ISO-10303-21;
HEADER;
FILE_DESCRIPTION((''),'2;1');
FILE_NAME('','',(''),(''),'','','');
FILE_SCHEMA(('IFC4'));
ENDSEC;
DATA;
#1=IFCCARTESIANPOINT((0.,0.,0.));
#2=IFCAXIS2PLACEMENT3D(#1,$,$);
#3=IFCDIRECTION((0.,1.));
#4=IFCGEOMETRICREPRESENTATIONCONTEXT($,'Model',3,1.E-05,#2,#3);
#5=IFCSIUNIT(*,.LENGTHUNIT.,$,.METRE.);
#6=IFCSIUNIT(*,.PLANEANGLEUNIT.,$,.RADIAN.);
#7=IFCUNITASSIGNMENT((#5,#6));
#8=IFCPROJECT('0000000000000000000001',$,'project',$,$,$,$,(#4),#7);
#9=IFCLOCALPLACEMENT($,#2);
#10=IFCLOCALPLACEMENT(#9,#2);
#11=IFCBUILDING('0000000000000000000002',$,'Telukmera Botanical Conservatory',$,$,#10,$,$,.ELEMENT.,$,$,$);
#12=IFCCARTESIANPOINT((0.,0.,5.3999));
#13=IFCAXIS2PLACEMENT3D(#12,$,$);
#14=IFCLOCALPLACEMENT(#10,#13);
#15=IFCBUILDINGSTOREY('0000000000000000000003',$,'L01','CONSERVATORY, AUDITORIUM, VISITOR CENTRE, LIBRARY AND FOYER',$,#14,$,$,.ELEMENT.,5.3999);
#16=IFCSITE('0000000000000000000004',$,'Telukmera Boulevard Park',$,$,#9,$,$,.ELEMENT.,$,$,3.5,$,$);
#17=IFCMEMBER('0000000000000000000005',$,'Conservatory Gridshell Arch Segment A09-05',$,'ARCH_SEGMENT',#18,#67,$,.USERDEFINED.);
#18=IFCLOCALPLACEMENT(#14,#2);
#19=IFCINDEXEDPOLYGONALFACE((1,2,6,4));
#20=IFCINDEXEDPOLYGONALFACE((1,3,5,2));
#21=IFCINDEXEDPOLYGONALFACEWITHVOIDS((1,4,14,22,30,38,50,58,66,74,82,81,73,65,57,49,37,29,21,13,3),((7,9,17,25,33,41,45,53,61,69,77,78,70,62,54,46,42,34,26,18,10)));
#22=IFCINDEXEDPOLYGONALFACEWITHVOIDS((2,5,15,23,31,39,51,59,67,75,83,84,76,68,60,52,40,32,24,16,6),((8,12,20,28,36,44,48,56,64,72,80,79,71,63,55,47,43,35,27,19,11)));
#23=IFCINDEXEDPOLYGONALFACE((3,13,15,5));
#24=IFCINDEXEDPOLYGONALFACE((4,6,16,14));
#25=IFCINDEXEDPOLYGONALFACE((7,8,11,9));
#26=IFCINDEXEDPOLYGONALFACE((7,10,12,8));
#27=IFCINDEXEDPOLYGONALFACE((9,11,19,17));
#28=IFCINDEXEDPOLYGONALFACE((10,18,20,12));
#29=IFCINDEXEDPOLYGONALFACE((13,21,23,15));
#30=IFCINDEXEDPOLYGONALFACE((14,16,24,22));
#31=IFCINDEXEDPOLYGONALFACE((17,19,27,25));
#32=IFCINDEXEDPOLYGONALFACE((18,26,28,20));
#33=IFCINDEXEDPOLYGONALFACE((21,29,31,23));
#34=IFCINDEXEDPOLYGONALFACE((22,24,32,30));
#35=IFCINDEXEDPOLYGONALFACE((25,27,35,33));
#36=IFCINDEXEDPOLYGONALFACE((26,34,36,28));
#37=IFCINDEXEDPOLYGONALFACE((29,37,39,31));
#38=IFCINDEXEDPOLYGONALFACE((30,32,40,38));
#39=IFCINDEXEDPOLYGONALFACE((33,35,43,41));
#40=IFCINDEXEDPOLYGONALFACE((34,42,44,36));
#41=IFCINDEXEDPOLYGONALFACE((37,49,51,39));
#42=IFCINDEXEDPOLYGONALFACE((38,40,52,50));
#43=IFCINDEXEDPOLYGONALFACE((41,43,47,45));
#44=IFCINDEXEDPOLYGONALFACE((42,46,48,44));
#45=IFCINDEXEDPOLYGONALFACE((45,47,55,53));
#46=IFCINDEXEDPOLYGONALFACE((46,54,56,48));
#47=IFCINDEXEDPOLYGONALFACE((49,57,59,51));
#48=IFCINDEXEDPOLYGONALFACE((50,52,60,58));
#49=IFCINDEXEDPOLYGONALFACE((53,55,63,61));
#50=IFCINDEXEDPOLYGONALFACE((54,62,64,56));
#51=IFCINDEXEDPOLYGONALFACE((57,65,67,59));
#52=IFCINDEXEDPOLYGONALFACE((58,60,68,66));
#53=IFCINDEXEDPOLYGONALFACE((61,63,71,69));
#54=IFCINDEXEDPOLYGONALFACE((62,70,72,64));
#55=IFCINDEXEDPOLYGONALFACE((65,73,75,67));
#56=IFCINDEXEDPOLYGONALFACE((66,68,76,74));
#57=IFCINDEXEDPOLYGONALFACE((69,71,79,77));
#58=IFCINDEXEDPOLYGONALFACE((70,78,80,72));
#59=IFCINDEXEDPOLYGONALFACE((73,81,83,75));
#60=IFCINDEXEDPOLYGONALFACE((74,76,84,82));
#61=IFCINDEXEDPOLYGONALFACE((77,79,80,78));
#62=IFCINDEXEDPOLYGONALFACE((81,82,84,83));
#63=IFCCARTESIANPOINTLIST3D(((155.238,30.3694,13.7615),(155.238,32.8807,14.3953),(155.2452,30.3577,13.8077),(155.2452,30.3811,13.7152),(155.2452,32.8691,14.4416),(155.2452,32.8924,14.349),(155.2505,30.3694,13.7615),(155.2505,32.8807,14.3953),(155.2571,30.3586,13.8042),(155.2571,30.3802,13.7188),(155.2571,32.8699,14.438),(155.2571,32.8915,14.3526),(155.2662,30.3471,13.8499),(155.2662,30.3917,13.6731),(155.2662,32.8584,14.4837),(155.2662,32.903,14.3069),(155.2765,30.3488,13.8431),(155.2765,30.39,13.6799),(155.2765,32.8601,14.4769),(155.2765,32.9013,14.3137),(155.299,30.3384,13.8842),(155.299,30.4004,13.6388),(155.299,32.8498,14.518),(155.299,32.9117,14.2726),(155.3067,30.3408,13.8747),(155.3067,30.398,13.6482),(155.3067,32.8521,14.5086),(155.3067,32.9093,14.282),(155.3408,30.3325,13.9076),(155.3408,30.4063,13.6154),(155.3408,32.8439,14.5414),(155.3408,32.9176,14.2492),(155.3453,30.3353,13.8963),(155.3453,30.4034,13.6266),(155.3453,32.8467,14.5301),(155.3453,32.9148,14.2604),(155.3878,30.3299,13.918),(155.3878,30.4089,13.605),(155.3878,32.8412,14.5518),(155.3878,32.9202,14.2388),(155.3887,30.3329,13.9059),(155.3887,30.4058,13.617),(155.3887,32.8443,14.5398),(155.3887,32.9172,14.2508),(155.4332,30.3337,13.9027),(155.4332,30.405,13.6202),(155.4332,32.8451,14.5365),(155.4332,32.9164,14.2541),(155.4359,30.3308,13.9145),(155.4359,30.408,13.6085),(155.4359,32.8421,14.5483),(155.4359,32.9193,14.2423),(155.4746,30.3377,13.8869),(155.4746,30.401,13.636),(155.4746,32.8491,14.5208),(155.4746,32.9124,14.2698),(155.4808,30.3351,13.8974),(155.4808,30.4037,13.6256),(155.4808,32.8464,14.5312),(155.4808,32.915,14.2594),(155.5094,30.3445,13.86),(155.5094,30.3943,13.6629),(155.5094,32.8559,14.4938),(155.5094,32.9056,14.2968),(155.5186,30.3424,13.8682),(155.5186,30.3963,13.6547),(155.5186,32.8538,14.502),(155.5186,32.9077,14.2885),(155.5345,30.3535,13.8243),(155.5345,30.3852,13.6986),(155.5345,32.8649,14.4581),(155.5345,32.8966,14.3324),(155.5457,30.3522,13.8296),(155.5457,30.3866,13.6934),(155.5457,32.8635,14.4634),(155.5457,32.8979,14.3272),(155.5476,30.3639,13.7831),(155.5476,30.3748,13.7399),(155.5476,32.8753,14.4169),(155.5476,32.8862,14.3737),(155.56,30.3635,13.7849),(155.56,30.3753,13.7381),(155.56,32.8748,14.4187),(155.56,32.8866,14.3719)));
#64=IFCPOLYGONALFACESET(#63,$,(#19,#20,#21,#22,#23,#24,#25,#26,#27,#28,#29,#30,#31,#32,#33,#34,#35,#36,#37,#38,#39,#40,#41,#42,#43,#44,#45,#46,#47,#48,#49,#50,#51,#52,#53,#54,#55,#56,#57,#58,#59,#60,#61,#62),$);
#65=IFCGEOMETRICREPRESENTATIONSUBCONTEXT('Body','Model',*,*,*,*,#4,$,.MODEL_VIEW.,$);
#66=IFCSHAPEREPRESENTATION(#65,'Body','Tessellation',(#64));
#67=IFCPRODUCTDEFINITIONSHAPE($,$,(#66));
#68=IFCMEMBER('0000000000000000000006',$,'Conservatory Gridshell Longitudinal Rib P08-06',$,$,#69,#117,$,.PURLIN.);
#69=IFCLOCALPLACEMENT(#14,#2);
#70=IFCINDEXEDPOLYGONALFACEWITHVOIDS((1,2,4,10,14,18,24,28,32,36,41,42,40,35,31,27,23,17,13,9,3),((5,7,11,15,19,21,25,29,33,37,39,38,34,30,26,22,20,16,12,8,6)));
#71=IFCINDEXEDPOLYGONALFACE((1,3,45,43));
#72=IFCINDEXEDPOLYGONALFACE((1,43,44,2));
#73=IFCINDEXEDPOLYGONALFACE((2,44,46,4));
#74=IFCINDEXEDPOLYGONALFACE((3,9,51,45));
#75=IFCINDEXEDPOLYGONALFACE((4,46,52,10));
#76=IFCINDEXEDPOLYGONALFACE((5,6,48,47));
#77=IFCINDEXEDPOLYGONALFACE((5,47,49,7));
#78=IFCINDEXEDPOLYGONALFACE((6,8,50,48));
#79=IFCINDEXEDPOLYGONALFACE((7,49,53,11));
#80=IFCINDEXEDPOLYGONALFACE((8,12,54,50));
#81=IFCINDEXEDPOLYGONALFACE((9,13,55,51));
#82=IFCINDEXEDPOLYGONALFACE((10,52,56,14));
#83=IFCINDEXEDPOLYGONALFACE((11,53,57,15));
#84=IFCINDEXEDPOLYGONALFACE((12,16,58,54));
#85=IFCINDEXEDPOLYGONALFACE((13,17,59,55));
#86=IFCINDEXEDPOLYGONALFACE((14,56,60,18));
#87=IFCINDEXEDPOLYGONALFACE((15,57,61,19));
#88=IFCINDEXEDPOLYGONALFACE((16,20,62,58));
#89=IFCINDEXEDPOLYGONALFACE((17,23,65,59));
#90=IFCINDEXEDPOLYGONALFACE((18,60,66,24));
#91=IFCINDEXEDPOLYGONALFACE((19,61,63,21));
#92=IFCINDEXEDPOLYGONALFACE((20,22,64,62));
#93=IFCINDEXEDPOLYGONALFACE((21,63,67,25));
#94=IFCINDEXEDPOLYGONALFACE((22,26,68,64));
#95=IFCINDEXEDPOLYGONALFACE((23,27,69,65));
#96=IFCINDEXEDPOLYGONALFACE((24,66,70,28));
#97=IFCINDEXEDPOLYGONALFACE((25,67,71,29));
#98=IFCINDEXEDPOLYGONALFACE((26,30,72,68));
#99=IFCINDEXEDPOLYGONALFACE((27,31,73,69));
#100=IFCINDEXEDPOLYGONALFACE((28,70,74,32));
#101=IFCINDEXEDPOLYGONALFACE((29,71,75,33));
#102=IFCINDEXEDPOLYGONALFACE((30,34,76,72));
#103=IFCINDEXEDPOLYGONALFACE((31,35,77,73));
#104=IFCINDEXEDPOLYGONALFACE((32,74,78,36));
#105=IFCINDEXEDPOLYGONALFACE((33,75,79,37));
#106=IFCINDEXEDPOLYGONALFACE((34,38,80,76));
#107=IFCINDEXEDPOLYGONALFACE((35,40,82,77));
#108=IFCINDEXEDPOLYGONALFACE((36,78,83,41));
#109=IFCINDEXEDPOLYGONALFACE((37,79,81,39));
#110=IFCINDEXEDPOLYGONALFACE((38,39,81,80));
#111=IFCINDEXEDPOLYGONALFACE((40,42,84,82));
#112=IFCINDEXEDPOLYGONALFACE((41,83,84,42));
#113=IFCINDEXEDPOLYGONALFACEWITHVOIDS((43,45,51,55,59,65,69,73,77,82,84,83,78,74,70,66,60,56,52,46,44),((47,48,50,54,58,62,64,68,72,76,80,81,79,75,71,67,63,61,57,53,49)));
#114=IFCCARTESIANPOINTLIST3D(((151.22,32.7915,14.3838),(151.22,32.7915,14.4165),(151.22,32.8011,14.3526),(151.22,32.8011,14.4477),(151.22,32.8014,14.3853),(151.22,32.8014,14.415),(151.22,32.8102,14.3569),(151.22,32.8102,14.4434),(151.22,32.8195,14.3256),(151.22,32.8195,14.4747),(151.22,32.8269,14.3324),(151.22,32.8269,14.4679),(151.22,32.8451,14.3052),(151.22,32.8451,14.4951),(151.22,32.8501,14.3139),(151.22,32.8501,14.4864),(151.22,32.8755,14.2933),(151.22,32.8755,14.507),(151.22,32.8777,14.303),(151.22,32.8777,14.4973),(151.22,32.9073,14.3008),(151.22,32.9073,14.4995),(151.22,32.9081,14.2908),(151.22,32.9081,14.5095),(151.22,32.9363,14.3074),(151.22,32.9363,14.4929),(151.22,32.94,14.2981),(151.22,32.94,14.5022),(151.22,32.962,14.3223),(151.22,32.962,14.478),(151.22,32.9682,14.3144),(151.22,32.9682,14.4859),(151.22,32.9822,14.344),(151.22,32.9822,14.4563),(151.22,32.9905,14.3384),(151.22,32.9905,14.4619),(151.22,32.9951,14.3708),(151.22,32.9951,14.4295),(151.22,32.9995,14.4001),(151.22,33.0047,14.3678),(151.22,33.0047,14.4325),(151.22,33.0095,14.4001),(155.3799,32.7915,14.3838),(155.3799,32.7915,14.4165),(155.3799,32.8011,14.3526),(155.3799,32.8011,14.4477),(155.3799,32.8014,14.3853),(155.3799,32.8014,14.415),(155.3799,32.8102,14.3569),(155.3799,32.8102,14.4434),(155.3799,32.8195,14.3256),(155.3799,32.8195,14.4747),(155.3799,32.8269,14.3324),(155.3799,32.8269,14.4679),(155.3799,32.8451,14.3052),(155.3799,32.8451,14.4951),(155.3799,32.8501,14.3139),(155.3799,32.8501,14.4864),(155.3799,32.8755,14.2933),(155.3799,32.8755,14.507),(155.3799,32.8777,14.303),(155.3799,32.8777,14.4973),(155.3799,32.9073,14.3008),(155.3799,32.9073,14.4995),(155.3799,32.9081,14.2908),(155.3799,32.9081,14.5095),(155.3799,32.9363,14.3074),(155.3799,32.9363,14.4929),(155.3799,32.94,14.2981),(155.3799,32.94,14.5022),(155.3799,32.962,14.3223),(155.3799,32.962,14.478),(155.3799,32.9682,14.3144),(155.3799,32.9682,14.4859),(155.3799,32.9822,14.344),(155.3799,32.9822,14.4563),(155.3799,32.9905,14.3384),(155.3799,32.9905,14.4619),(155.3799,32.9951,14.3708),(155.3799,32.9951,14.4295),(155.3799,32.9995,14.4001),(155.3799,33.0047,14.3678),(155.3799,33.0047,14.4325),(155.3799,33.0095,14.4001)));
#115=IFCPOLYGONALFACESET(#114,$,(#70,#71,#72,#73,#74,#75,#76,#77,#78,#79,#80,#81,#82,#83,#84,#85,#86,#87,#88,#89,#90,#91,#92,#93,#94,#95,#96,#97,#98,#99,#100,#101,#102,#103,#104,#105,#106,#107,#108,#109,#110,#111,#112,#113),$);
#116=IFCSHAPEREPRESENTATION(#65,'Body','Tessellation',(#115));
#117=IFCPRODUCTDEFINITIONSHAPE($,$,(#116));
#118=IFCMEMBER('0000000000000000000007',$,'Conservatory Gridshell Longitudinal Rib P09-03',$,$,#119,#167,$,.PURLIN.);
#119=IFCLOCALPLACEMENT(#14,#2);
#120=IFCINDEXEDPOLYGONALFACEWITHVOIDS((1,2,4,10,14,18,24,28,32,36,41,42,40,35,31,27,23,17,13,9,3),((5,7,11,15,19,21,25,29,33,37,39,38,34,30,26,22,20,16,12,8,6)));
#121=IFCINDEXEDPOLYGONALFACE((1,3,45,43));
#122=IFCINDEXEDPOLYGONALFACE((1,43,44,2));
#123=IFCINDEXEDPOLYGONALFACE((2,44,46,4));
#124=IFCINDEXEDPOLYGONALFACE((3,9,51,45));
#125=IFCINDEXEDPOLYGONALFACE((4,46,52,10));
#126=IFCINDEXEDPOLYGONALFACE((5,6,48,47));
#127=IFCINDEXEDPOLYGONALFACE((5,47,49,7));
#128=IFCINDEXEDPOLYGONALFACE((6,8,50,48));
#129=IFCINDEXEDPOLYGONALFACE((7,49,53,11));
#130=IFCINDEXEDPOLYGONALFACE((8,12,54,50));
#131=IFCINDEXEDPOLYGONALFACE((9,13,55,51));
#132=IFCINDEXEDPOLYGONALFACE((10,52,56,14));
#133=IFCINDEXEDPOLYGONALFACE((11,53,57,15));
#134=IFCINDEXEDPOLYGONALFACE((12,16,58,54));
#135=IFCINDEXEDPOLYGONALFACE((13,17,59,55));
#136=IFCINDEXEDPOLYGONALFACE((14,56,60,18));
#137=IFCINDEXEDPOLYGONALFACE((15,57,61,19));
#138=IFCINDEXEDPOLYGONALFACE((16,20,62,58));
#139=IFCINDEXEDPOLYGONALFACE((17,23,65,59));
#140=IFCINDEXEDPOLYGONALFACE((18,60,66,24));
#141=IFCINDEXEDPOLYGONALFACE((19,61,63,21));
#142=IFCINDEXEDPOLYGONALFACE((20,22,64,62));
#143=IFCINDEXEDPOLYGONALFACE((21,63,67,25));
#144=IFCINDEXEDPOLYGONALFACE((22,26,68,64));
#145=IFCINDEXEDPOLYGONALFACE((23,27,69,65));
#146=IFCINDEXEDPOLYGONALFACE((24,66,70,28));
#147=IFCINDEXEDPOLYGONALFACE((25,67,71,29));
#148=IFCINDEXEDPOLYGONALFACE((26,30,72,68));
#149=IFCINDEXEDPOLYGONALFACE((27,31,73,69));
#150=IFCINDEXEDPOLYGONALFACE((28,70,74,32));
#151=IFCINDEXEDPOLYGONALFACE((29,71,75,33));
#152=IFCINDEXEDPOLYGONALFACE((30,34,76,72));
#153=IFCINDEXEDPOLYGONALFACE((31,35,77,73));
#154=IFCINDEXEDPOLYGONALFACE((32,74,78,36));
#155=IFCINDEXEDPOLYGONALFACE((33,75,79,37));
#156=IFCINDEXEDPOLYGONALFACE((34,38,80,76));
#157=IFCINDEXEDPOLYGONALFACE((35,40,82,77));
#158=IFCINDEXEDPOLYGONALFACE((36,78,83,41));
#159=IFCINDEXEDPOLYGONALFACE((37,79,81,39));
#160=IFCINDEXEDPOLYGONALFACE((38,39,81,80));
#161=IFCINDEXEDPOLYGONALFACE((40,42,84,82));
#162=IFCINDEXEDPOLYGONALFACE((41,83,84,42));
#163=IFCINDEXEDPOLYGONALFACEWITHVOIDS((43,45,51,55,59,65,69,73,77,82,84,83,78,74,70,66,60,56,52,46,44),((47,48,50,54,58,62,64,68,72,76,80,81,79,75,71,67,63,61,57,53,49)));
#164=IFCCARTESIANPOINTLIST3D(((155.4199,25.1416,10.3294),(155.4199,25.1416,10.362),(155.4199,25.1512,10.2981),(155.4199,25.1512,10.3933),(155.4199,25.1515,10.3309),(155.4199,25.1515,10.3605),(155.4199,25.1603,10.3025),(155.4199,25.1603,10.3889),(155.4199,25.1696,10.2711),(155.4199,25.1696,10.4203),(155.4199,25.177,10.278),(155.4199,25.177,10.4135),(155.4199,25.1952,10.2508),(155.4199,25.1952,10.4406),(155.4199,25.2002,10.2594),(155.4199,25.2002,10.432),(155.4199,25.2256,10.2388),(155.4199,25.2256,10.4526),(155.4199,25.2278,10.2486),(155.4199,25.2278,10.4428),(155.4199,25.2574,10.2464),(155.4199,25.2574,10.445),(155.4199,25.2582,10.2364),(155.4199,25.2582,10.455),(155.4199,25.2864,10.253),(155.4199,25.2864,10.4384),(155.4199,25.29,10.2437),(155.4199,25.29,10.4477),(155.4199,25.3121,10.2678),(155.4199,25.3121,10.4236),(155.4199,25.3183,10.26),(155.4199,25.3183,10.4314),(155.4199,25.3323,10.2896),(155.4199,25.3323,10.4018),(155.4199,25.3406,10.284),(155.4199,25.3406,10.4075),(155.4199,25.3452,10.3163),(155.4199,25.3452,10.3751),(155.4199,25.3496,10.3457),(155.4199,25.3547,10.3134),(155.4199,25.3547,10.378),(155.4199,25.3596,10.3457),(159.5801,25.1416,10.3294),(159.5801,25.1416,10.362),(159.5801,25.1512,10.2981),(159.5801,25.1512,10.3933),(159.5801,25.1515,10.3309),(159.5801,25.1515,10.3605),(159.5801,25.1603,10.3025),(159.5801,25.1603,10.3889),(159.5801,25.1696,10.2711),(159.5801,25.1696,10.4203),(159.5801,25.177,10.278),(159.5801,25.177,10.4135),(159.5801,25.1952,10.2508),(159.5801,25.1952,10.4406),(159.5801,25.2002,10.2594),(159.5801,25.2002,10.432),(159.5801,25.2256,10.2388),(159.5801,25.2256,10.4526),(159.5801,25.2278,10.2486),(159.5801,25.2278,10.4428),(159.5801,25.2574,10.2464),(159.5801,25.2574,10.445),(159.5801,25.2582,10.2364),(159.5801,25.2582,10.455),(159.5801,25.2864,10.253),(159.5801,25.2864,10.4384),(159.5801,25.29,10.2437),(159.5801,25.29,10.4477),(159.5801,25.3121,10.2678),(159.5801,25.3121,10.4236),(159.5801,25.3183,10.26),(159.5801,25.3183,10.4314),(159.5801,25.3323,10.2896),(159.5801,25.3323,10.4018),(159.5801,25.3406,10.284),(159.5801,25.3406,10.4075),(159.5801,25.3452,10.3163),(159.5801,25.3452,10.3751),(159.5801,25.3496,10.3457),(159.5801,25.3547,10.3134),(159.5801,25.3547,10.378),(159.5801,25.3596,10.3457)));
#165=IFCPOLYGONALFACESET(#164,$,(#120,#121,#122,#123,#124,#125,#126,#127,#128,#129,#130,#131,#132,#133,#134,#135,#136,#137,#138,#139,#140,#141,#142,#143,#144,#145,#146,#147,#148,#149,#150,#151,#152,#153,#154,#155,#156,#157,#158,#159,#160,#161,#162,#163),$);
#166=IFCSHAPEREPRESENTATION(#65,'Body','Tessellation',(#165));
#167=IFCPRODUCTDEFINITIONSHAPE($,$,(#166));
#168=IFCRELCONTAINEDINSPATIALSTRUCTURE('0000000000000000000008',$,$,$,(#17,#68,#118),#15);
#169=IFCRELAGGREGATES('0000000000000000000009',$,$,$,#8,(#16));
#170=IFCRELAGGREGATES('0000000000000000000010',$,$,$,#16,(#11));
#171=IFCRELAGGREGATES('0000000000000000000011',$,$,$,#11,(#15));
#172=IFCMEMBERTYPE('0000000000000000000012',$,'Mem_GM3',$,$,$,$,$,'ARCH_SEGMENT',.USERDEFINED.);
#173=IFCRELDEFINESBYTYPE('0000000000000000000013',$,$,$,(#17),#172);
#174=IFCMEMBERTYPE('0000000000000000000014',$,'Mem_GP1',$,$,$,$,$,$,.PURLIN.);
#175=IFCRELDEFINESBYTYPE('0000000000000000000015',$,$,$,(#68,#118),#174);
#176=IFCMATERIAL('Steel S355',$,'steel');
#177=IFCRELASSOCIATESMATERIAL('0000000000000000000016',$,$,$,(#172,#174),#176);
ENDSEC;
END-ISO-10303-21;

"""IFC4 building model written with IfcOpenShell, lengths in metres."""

from ifc_helpers import new_model, si_unit, direction, frame, origin, origin_2d, place, context, subcontext, project, spatial, hollow_circle, extrude, material, material_profile, profile_set, type_object, element, save


model = new_model("IFC4")

# Units and contexts
model_context = context("Model", 3, precision=1e-05, world=origin(), true_north=direction((0.0, 1.0)))
body_context = subcontext(model_context, "Body", "Model", "MODEL_VIEW")
ifc_project = project(units=[si_unit("LENGTHUNIT", "METRE"), si_unit("PLANEANGLEUNIT", "RADIAN")], contexts=[model_context])

# Site, building, storey
site_placement = place(None, origin())
site = spatial("IfcSite", under=ifc_project, at=site_placement, Name="Telukmera Boulevard Park", CompositionType="ELEMENT", RefElevation=3.5)
building_placement = place(site_placement, origin())
building = spatial("IfcBuilding", under=site, at=building_placement, Name="Telukmera Botanical Conservatory", CompositionType="ELEMENT")
storey_placement = place(building_placement, frame((0.0, 0.0, 5.3999)))
storey = spatial("IfcBuildingStorey", under=building, at=storey_placement, Name="L01", Description="CONSERVATORY, AUDITORIUM, VISITOR CENTRE, LIBRARY AND FOYER", CompositionType="ELEMENT", Elevation=5.3999)

# Members
ifc_material = material(Name="Steel S355", Category="steel")
ifc_material_profile_1 = material_profile(ifc_material, hollow_circle(Radius=0.1619, WallThickness=0.0125, at=origin_2d()), Name="CHS 323.9x12.5")
ifc_profile_set_1 = profile_set([ifc_material_profile_1], Name="Steel S355")
member_type_1 = type_object("IfcMemberType", Name="Mem_GM3", ElementType="ARCH_SEGMENT", PredefinedType="USERDEFINED", material=ifc_profile_set_1)
member_1_placement = place(storey_placement, frame((155.3999, 30.3694, 13.7615), z_axis=(0.0, 0.969597, 0.244709), x_axis=(-1.0, 0.0, 0.0)))
element("IfcMember", 1, at=member_1_placement, inside=storey, type_object=member_type_1, Name="Conservatory Gridshell Arch Segment A09-05", ObjectType="ARCH_SEGMENT", PredefinedType="USERDEFINED", context=body_context, shape_type="SweptSolid", body=[
    extrude(hollow_circle(Radius=0.1619, WallThickness=0.0125, at=origin_2d()), origin(), (0.0, 0.0, 1.0), 2.5901),
])
ifc_material_profile_2 = material_profile(ifc_material, hollow_circle(Radius=0.1096, WallThickness=0.01, at=origin_2d()), Name="CHS 219.1x10.0")
ifc_profile_set_2 = profile_set([ifc_material_profile_2], Name="Steel S355")
member_type_2 = type_object("IfcMemberType", Name="Mem_GP1", PredefinedType="PURLIN", material=ifc_profile_set_2)
member_2_placement = place(storey_placement, frame((151.22, 32.8999, 14.4001), z_axis=(1.0, 0.0, 0.0), x_axis=(0.0, 1.0, 0.0)))
element("IfcMember", 2, at=member_2_placement, inside=storey, type_object=member_type_2, Name="Conservatory Gridshell Longitudinal Rib P08-06", PredefinedType="PURLIN", context=body_context, shape_type="SweptSolid", body=[
    extrude(hollow_circle(Radius=0.1096, WallThickness=0.01, at=origin_2d()), origin(), (0.0, 0.0, 1.0), 4.1599),
])
for number, where, z_axis, x_axis, name in (
    (3, (155.4199, 25.25, 10.3457), (1.0, 0.0, 0.0), (0.0, 1.0, 0.0), "Conservatory Gridshell Longitudinal Rib P09-03"),
):
    element("IfcMember", number, at=place(storey_placement, frame(where, z_axis=z_axis, x_axis=x_axis)), inside=storey, type_object=member_type_2, Name=name, PredefinedType="PURLIN", context=body_context, shape_type="SweptSolid", body=[
        extrude(hollow_circle(Radius=0.1096, WallThickness=0.01, at=origin_2d()), origin(), (0.0, 0.0, 1.0), 4.1602),
    ])

save(model, "model.ifc")
